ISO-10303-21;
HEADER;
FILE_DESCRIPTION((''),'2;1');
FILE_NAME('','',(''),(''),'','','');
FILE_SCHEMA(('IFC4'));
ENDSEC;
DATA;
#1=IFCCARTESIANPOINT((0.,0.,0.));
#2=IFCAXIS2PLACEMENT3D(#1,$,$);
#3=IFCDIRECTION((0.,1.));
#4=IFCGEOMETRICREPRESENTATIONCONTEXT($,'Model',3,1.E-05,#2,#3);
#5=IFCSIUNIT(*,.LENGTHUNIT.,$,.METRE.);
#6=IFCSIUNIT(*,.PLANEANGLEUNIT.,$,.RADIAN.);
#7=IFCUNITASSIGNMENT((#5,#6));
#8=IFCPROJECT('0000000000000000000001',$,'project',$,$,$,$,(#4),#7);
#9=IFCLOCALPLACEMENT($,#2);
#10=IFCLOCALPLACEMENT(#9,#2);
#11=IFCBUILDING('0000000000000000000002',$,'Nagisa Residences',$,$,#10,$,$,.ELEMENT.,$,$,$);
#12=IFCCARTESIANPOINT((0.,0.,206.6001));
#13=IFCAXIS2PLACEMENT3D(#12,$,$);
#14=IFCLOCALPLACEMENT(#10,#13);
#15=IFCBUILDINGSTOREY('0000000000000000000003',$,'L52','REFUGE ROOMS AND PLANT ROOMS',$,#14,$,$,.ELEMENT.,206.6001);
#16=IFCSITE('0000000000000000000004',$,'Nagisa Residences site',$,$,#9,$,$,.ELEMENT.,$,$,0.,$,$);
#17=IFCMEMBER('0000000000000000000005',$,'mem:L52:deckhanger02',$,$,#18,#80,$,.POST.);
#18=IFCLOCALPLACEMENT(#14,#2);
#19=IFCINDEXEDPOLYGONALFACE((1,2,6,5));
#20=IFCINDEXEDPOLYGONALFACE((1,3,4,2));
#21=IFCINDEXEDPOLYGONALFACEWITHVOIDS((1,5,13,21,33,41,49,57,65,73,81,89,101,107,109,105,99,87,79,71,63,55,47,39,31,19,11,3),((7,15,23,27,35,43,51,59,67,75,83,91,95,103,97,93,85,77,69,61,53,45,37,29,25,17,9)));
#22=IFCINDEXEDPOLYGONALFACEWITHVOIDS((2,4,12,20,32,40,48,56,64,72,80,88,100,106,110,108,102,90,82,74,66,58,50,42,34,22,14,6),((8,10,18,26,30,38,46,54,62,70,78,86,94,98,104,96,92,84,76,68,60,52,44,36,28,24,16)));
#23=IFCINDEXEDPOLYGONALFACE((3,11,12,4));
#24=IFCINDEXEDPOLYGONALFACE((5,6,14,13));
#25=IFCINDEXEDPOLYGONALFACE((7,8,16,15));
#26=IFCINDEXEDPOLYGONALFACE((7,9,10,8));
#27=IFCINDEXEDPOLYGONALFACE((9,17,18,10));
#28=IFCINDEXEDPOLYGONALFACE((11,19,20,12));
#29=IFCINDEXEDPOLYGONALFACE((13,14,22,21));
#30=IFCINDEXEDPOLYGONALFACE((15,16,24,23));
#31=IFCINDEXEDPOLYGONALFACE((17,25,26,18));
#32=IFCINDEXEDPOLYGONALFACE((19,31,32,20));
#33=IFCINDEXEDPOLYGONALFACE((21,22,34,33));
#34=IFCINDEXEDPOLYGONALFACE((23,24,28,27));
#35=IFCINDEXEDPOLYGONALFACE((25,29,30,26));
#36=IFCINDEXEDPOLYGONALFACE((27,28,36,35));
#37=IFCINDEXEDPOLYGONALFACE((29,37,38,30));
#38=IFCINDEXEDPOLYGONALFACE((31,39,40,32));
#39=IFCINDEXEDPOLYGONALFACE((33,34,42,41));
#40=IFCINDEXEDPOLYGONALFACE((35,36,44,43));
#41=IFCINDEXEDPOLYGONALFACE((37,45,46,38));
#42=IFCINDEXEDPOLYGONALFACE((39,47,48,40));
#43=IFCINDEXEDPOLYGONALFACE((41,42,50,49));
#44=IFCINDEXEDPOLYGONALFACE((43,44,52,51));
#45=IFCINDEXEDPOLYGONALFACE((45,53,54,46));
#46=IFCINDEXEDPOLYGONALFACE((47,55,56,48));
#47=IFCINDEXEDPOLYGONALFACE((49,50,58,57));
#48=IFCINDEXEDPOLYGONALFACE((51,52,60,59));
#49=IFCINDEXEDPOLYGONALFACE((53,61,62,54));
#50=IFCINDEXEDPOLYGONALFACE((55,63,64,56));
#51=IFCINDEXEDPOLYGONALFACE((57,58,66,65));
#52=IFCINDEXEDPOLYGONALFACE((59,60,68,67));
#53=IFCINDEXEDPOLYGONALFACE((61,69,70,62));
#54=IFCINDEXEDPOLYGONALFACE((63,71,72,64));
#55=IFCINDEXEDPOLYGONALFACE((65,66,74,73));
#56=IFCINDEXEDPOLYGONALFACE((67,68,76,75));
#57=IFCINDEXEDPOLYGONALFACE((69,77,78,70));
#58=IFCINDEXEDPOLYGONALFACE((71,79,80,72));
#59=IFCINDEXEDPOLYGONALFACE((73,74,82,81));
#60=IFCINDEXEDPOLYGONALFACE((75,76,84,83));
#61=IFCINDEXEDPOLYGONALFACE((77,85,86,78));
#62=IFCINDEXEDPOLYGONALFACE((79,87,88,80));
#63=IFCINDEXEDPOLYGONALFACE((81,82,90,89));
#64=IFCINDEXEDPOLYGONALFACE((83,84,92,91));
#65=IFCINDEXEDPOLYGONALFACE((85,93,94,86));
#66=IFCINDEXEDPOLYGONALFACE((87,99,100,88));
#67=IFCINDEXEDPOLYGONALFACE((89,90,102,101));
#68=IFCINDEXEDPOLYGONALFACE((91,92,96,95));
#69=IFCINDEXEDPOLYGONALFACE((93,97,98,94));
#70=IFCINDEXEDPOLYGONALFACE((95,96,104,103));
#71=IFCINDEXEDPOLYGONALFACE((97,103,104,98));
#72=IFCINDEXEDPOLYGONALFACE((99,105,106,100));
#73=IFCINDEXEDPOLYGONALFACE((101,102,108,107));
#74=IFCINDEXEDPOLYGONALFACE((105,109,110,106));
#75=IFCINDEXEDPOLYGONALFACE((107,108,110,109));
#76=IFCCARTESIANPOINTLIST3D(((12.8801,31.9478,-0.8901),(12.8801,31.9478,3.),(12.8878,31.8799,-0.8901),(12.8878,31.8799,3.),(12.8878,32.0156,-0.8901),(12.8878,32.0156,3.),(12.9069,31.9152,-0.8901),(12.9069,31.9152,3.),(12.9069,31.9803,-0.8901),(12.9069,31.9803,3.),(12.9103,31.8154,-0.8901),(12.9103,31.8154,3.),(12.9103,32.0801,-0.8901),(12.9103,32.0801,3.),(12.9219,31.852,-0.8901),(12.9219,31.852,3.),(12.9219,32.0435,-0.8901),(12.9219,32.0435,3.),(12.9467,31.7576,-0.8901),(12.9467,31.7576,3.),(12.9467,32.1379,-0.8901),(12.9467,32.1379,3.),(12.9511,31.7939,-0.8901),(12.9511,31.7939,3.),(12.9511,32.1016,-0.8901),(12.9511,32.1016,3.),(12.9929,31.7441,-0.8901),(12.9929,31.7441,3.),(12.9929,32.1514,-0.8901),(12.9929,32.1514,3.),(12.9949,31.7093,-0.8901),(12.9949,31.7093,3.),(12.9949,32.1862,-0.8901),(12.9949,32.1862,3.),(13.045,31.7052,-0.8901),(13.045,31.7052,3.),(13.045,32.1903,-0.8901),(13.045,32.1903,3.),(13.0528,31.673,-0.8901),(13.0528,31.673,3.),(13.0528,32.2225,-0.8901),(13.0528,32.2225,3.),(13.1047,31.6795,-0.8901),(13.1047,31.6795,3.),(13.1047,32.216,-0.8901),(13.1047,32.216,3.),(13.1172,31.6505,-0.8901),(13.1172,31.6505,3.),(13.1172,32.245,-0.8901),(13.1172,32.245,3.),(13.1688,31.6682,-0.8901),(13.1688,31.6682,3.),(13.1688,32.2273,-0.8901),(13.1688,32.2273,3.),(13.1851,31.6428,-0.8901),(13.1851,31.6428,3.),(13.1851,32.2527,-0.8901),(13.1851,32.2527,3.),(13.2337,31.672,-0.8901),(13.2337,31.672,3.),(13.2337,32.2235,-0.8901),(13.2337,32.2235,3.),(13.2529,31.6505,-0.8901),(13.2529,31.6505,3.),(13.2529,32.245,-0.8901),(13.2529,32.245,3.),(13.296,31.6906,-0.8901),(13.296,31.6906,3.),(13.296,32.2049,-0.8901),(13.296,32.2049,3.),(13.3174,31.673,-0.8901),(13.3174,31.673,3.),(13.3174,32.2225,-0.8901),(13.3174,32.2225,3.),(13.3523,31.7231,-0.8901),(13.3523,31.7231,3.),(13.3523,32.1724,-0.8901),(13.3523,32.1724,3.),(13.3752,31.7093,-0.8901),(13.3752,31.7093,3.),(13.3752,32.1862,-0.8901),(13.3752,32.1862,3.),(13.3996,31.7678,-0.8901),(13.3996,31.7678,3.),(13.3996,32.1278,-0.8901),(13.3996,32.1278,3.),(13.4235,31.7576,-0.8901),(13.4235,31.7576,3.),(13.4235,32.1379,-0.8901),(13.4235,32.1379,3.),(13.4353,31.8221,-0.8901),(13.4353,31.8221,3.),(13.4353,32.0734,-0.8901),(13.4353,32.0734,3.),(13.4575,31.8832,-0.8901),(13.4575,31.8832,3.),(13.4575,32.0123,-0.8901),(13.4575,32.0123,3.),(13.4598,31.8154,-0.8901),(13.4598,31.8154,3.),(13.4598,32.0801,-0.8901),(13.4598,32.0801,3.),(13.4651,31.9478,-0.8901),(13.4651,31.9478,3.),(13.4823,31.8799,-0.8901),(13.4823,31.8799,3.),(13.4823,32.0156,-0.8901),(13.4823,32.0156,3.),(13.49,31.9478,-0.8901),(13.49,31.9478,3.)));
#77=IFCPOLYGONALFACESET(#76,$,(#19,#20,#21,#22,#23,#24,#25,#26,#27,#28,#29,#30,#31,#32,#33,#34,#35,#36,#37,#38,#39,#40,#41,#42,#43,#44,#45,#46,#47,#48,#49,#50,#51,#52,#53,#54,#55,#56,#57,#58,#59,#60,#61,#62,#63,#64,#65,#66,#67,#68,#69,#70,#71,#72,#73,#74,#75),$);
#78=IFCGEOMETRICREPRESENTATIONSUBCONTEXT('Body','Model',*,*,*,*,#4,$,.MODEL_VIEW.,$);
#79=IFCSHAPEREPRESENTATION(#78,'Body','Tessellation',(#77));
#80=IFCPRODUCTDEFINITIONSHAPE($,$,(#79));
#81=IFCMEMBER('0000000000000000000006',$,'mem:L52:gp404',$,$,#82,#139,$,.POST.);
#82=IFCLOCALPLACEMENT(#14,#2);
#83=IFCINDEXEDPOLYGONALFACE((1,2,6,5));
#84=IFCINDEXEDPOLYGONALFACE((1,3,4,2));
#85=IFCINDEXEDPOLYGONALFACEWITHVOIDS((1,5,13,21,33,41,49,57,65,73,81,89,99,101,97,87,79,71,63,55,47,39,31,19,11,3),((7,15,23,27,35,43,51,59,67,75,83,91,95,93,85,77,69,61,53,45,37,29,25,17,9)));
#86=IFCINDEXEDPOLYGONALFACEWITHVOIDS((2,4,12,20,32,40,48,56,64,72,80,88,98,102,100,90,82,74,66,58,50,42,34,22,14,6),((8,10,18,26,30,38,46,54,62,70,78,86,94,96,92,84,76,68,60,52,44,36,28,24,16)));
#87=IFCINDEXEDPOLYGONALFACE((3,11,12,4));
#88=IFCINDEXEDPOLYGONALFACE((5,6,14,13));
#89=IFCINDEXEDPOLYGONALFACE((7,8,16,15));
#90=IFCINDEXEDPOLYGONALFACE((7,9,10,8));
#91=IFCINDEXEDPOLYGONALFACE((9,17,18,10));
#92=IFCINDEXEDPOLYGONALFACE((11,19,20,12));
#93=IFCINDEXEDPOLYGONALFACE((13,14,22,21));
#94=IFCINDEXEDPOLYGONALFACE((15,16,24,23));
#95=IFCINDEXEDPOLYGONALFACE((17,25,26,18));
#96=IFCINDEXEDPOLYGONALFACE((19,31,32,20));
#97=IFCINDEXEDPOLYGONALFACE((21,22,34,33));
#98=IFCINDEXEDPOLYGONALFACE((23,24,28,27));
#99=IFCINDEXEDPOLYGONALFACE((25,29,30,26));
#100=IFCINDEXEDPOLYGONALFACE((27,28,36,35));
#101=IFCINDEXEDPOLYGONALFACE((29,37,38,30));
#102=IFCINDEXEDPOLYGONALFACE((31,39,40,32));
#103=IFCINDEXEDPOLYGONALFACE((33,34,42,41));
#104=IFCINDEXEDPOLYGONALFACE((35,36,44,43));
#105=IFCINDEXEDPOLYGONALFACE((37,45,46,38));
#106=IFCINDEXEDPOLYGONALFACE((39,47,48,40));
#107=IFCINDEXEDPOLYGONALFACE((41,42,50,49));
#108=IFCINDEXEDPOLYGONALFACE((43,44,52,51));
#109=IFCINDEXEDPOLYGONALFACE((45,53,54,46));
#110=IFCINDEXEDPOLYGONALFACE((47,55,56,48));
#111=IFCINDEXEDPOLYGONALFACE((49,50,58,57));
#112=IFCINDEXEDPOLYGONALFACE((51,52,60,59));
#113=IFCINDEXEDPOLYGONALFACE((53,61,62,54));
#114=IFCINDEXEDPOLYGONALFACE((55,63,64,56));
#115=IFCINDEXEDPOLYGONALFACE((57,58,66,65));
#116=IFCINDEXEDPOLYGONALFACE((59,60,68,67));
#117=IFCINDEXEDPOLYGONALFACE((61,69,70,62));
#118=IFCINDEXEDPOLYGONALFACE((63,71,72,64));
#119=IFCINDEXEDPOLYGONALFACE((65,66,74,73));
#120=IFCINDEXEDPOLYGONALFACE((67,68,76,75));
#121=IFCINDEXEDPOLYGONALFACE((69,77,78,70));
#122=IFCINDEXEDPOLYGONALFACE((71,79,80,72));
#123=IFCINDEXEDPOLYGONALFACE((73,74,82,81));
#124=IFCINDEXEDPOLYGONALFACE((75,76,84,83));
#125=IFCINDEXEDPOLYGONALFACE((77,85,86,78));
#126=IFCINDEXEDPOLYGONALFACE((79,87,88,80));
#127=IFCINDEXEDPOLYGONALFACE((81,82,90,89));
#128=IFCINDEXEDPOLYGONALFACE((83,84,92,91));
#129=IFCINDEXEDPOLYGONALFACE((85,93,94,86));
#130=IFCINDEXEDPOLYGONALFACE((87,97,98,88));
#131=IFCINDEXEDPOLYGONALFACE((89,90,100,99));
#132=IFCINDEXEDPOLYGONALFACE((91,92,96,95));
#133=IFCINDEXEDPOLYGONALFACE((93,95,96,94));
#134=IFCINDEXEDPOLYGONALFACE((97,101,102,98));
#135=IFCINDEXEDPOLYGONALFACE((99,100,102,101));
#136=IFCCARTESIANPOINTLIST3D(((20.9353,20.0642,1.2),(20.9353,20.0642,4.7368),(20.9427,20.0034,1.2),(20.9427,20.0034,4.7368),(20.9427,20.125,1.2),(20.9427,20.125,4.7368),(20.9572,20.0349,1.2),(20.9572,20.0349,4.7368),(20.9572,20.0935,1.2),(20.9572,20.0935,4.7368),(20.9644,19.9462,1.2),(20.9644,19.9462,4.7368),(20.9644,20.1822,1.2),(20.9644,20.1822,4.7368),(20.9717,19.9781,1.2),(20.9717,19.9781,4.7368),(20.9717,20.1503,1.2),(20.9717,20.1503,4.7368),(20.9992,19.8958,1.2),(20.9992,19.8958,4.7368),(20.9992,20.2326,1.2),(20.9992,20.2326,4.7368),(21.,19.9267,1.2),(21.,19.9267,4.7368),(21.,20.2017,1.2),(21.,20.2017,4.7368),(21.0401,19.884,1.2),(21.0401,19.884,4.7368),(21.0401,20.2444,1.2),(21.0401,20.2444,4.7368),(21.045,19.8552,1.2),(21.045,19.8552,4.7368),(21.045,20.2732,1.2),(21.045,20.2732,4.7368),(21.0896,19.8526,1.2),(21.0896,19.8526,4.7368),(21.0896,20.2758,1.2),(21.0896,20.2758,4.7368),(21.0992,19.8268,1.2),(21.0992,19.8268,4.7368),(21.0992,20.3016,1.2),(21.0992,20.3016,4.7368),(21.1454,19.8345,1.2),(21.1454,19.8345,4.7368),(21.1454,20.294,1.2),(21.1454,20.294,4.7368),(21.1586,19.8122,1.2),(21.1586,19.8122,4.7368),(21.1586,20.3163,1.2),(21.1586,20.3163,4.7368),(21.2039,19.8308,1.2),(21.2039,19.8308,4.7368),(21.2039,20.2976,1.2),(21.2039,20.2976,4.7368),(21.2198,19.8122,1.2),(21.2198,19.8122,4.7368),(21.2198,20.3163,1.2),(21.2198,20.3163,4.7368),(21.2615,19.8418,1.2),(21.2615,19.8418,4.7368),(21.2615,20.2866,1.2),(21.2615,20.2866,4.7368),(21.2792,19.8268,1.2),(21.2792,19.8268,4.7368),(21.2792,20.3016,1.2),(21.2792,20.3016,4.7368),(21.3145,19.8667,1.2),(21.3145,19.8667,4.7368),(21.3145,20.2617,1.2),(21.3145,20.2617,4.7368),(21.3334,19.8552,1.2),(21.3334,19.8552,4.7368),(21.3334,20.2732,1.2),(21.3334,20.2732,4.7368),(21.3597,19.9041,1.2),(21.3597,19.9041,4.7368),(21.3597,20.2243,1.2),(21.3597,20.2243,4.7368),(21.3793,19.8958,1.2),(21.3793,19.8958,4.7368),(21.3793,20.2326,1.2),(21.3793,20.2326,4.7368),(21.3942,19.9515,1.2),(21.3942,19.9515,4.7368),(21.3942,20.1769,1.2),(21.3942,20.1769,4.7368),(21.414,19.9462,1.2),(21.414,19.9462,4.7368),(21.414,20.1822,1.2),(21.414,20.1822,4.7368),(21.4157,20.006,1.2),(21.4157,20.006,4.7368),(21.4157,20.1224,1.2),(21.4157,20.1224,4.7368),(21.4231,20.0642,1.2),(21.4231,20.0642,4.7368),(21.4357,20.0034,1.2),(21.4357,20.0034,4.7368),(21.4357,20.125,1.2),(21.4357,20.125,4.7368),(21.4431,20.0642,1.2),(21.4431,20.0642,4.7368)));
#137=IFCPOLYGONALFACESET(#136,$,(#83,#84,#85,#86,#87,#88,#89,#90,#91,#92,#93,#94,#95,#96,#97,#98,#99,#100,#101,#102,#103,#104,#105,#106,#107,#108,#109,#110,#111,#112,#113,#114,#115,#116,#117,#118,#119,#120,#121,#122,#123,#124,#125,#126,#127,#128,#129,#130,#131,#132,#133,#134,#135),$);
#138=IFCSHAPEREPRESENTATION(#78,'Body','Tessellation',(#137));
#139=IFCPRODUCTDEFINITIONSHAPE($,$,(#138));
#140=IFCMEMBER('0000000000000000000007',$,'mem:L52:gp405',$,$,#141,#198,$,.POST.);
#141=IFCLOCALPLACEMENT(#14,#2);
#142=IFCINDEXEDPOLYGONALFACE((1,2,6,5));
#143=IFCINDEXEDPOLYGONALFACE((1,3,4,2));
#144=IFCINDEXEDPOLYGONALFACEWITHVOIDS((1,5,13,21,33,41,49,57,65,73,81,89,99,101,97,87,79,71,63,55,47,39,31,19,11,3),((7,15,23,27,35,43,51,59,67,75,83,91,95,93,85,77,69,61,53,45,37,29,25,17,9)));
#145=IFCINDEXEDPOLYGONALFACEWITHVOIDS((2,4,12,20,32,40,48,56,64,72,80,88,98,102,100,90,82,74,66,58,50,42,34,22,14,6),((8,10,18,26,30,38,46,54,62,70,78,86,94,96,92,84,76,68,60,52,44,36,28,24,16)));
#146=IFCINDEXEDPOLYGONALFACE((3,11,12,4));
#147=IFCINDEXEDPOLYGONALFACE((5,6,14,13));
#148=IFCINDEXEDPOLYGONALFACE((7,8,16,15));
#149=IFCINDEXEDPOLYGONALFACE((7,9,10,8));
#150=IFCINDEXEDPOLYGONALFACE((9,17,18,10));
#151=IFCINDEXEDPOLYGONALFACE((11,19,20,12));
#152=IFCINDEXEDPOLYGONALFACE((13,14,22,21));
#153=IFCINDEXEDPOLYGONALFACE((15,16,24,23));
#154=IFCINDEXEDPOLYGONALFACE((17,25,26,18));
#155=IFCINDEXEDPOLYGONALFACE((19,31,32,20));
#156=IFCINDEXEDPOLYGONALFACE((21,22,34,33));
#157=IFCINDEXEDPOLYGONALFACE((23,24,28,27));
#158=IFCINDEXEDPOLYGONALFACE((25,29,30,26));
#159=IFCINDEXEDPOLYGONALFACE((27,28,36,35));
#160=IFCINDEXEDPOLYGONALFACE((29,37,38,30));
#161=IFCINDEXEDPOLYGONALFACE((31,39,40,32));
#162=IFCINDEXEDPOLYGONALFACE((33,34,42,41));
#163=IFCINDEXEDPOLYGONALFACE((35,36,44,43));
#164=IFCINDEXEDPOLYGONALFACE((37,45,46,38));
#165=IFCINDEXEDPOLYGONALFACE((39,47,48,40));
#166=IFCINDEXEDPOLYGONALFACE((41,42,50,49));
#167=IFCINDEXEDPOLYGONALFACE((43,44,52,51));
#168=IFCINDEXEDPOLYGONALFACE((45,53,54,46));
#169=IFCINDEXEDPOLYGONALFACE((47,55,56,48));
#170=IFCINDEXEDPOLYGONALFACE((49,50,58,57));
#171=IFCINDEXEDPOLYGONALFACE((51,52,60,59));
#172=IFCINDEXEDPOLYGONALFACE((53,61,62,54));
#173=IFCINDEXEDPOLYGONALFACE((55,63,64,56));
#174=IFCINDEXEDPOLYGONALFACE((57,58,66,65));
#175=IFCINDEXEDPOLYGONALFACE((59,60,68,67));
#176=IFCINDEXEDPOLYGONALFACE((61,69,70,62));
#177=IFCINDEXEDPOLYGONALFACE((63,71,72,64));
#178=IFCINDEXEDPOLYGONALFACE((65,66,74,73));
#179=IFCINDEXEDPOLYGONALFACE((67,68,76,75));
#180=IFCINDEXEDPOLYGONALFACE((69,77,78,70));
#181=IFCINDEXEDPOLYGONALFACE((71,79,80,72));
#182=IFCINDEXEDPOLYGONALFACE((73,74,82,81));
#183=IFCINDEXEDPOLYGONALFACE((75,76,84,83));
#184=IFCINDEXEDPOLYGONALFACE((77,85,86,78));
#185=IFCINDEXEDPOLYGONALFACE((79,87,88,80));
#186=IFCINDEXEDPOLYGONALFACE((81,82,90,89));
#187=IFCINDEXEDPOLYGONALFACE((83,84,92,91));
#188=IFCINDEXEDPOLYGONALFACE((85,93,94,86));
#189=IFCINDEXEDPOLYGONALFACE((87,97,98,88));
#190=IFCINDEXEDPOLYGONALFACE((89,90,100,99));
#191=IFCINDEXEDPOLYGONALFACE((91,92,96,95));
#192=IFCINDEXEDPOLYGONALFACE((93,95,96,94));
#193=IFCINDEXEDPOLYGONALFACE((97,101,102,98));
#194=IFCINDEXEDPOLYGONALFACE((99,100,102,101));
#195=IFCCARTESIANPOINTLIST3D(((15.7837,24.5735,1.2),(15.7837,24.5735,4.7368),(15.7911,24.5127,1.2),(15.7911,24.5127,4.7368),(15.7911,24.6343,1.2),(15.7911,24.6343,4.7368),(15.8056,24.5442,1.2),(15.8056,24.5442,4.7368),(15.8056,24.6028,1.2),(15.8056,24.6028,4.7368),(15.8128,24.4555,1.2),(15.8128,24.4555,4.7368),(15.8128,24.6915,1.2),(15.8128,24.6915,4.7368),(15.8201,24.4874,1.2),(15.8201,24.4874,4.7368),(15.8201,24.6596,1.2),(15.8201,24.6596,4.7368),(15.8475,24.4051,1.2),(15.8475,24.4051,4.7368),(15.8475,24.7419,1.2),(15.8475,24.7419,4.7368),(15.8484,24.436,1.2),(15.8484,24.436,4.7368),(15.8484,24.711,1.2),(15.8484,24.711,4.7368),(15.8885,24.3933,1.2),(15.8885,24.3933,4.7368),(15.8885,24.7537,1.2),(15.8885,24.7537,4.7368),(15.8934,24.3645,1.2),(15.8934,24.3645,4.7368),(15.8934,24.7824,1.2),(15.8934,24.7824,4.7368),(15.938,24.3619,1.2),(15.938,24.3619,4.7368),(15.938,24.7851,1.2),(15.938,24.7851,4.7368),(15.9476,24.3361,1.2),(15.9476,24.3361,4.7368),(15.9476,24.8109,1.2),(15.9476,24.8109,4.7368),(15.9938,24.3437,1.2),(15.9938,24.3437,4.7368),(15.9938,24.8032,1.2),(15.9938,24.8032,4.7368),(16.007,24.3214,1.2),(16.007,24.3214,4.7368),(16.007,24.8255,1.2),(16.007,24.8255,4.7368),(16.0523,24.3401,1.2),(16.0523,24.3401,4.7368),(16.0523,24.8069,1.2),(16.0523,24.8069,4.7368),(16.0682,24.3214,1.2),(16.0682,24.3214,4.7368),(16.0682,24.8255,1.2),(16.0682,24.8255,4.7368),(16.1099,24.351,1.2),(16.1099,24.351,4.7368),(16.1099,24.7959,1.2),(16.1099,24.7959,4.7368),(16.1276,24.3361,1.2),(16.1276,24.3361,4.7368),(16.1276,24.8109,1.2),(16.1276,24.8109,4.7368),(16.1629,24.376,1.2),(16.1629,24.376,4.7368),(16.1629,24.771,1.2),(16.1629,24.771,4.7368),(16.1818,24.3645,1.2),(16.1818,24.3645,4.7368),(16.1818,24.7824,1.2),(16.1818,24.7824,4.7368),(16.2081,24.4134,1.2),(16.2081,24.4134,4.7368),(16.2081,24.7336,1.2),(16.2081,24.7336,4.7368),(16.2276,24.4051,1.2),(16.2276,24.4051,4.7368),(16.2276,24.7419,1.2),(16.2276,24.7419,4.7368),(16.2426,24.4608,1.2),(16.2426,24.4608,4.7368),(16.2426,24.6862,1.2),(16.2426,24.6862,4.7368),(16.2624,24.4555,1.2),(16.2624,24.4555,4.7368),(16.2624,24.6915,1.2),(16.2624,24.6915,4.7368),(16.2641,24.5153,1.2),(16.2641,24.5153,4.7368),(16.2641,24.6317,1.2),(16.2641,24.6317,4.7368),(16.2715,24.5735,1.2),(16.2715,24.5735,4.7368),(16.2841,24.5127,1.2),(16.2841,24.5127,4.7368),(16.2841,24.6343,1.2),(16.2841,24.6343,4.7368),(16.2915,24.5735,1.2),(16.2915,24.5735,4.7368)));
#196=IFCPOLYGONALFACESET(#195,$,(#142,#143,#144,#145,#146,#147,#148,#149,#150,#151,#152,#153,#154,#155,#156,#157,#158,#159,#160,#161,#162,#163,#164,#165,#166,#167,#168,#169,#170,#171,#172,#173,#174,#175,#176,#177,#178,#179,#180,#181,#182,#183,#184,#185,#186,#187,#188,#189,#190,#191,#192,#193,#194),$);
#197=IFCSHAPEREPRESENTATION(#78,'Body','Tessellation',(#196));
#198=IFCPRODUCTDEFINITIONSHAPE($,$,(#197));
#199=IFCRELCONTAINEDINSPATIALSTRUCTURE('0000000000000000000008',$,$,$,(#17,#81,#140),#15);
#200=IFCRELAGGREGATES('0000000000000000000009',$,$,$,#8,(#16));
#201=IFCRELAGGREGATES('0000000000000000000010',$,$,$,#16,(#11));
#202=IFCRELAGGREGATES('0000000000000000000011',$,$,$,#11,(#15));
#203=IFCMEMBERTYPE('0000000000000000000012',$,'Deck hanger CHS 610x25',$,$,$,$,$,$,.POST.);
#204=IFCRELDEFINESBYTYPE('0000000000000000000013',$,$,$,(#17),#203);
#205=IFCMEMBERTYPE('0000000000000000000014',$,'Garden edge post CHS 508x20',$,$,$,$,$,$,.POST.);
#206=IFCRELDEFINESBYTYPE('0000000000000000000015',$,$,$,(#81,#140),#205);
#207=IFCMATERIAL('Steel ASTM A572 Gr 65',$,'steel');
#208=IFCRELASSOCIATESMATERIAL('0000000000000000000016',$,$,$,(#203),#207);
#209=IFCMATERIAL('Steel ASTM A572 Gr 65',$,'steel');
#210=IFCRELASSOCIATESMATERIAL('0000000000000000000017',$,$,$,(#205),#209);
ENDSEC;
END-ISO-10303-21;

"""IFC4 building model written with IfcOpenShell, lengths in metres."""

from ifc_helpers import new_model, si_unit, direction, frame, origin, origin_2d, place, context, subcontext, project, spatial, hollow_circle, extrude, material, material_profile, profile_set, type_object, element, save


model = new_model("IFC4")

# Units and contexts
model_context = context("Model", 3, precision=1e-05, world=origin(), true_north=direction((0.0, 1.0)))
body_context = subcontext(model_context, "Body", "Model", "MODEL_VIEW")
ifc_project = project(units=[si_unit("LENGTHUNIT", "METRE"), si_unit("PLANEANGLEUNIT", "RADIAN")], contexts=[model_context])

# Site, building, storey
site_placement = place(None, origin())
site = spatial("IfcSite", under=ifc_project, at=site_placement, Name="Nagisa Residences site", CompositionType="ELEMENT", RefElevation=0.0)
building_placement = place(site_placement, origin())
building = spatial("IfcBuilding", under=site, at=building_placement, Name="Nagisa Residences", CompositionType="ELEMENT")
storey_placement = place(building_placement, frame((0.0, 0.0, 206.6001)))
storey = spatial("IfcBuildingStorey", under=building, at=storey_placement, Name="L52", Description="REFUGE ROOMS AND PLANT ROOMS", CompositionType="ELEMENT", Elevation=206.6001)

# Members
ifc_material_1 = material(Name="Steel ASTM A572 Gr 65", Category="steel")
ifc_material_profile_1 = material_profile(ifc_material_1, hollow_circle(Radius=0.3049, WallThickness=0.0249, at=origin_2d()), Name="CHS 610x25")
ifc_profile_set_1 = profile_set([ifc_material_profile_1], Name="Steel ASTM A572 Gr 65")
member_type_1 = type_object("IfcMemberType", Name="Deck hanger CHS 610x25", PredefinedType="POST", material=ifc_profile_set_1)
member_1_placement = place(storey_placement, frame((13.1851, 31.9478, 3.0), z_axis=(0.0, 0.0, -1.0), x_axis=(1.0, 0.0, 0.0)))
element("IfcMember", 1, at=member_1_placement, inside=storey, type_object=member_type_1, Name="mem:L52:deckhanger02", PredefinedType="POST", context=body_context, shape_type="SweptSolid", body=[
    extrude(hollow_circle(Radius=0.3049, WallThickness=0.0249, at=origin_2d()), origin(), (0.0, 0.0, 1.0), 3.8901),
])
ifc_material_2 = material(Name="Steel ASTM A572 Gr 65", Category="steel")
ifc_material_profile_2 = material_profile(ifc_material_2, hollow_circle(Radius=0.2539, WallThickness=0.02, at=origin_2d()), Name="CHS 508x20")
ifc_profile_set_2 = profile_set([ifc_material_profile_2], Name="Steel ASTM A572 Gr 65")
member_type_2 = type_object("IfcMemberType", Name="Garden edge post CHS 508x20", PredefinedType="POST", material=ifc_profile_set_2)
for number, where, z_axis, x_axis, name in (
    (2, (21.1892, 20.0642, 1.2), (0.0, 0.0, 1.0), (1.0, 0.0, 0.0), "mem:L52:gp404"),
    (3, (16.0376, 24.5735, 1.2), (0.0, 0.0, 1.0), (1.0, 0.0, 0.0), "mem:L52:gp405"),
):
    element("IfcMember", number, at=place(storey_placement, frame(where, z_axis=z_axis, x_axis=x_axis)), inside=storey, type_object=member_type_2, Name=name, PredefinedType="POST", context=body_context, shape_type="SweptSolid", body=[
        extrude(hollow_circle(Radius=0.2539, WallThickness=0.02, at=origin_2d()), origin(), (0.0, 0.0, 1.0), 3.5369),
    ])

save(model, "model.ifc")
